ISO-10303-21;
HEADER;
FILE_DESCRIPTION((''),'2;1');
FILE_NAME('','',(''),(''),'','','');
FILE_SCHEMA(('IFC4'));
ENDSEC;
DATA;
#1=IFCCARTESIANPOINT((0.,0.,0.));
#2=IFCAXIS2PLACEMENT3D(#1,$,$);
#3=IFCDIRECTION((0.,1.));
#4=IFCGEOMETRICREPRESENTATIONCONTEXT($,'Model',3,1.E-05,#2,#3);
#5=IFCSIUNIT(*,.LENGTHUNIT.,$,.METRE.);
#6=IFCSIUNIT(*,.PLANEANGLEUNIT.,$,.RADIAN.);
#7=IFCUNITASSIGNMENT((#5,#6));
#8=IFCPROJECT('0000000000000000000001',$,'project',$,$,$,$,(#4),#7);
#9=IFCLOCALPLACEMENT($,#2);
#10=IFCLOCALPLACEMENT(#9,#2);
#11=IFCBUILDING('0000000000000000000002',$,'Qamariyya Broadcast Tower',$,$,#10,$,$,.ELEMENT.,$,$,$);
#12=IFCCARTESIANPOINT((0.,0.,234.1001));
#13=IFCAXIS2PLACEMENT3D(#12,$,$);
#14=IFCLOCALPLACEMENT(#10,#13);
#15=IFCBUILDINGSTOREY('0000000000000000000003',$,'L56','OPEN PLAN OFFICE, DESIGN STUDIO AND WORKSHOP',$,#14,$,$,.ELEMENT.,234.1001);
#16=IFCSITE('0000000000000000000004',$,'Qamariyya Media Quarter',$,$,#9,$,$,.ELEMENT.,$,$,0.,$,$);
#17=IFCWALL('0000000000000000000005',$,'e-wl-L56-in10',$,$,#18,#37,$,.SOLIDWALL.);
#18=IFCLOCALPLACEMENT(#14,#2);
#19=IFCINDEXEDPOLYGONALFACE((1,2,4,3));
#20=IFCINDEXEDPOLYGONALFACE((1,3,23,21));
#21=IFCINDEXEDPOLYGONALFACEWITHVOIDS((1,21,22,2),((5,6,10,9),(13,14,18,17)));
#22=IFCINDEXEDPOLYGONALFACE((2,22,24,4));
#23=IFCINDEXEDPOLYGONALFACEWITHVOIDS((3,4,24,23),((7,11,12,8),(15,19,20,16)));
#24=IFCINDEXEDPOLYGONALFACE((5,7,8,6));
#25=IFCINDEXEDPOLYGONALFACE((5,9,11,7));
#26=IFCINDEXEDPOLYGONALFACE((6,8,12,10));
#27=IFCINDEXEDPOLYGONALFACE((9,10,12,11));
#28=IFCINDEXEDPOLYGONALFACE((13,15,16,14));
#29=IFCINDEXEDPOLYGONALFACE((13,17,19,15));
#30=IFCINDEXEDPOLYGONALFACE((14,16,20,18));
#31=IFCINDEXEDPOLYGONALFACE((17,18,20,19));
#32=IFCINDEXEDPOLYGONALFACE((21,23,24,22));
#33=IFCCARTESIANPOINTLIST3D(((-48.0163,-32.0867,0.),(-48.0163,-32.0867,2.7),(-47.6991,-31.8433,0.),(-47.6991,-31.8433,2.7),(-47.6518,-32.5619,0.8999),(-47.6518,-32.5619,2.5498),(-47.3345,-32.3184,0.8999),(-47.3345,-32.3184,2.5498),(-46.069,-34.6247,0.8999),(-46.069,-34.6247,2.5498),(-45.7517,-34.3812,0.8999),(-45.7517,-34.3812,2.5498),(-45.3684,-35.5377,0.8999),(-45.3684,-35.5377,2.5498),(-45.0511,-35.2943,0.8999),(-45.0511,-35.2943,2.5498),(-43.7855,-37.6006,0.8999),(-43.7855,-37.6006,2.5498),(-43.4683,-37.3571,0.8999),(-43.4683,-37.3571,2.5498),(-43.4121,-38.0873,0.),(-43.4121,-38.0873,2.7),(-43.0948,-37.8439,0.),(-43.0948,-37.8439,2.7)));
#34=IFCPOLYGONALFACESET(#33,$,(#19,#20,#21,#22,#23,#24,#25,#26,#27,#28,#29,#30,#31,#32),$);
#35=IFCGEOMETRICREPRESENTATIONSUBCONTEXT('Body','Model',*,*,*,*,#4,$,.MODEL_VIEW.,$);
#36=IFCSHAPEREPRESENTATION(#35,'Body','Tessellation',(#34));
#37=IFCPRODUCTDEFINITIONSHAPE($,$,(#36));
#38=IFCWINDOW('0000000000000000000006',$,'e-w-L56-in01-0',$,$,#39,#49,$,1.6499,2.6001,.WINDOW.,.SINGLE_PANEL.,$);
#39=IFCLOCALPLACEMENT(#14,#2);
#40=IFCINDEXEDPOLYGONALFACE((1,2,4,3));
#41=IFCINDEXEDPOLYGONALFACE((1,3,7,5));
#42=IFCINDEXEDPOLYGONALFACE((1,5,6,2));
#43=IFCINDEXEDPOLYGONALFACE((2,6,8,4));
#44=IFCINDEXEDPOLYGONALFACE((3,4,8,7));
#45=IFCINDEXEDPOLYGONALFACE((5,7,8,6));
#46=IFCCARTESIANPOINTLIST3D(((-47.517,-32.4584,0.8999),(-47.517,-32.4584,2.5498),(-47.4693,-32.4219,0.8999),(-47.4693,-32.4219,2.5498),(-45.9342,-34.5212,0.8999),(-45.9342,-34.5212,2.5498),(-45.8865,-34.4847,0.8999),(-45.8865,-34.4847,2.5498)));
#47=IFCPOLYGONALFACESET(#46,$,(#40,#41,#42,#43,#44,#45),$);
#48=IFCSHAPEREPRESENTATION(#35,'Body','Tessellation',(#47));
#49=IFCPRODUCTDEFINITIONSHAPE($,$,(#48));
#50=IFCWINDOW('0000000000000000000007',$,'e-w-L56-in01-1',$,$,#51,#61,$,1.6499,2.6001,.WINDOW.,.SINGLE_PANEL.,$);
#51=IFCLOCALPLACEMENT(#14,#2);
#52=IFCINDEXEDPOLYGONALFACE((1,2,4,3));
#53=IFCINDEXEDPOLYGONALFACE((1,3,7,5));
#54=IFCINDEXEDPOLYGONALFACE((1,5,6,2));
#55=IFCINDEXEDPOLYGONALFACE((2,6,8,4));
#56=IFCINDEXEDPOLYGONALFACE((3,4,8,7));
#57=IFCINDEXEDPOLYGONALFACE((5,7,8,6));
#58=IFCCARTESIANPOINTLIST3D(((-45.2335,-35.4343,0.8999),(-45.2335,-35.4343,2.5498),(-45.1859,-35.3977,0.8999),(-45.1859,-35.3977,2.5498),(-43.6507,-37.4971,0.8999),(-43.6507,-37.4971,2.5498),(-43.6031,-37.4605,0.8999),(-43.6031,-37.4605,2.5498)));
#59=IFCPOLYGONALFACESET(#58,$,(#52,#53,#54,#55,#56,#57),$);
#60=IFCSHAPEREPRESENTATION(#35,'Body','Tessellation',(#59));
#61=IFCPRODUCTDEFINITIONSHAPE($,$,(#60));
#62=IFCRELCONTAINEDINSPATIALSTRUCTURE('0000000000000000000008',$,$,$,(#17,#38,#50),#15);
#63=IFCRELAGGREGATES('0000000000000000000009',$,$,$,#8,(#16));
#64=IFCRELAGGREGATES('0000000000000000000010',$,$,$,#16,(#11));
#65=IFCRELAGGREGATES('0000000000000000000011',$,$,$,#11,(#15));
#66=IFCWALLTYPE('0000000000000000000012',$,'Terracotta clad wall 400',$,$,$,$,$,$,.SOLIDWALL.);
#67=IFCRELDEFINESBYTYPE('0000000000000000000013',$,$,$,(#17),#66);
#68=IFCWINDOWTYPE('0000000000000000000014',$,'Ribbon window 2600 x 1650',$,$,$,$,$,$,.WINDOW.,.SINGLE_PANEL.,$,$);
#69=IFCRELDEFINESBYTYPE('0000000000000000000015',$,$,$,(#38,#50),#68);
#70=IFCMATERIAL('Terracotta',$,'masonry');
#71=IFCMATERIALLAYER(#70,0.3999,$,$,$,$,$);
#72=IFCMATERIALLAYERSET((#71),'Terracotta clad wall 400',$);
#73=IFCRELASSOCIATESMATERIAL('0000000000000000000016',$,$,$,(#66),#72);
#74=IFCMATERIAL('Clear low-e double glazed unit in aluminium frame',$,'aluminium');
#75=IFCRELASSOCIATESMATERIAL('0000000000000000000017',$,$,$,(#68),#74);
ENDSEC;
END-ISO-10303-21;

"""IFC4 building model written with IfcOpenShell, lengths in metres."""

from ifc_helpers import new_model, si_unit, direction, frame, frame_2d, origin, place, context, subcontext, project, spatial, rectangle, extrude, material, layer, layer_set, type_object, element, fill, save


model = new_model("IFC4")

# Units and contexts
model_context = context("Model", 3, precision=1e-05, world=origin(), true_north=direction((0.0, 1.0)))
body_context = subcontext(model_context, "Body", "Model", "MODEL_VIEW")
ifc_project = project(units=[si_unit("LENGTHUNIT", "METRE"), si_unit("PLANEANGLEUNIT", "RADIAN")], contexts=[model_context])

# Site, building, storey
site_placement = place(None, origin())
site = spatial("IfcSite", under=ifc_project, at=site_placement, Name="Qamariyya Media Quarter", CompositionType="ELEMENT", RefElevation=0.0)
building_placement = place(site_placement, origin())
building = spatial("IfcBuilding", under=site, at=building_placement, Name="Qamariyya Broadcast Tower", CompositionType="ELEMENT")
storey_placement = place(building_placement, frame((0.0, 0.0, 234.1001)))
storey = spatial("IfcBuildingStorey", under=building, at=storey_placement, Name="L56", Description="OPEN PLAN OFFICE, DESIGN STUDIO AND WORKSHOP", CompositionType="ELEMENT", Elevation=234.1001)

# Shared definitions
ifc_material_1 = material(Name="Terracotta", Category="masonry")
ifc_layer = layer(ifc_material_1, 0.3999)
ifc_layer_set = layer_set([ifc_layer], Name="Terracotta clad wall 400")
wall_type = type_object("IfcWallType", Name="Terracotta clad wall 400", PredefinedType="SOLIDWALL", material=ifc_layer_set)
ifc_material_2 = material(Name="Clear low-e double glazed unit in aluminium frame", Category="aluminium")

# Wall, openings, windows
wall_1_placement = place(storey_placement, frame((-43.2534, -37.9656, 0.0), z_axis=(0.0, 0.0, 1.0), x_axis=(-0.608754, 0.793359, 0.0)))
wall_1 = element("IfcWall", 1, at=wall_1_placement, inside=storey, type_object=wall_type, Name="e-wl-L56-in10", PredefinedType="SOLIDWALL", context=body_context, shape_type="SweptSolid", body=[
    extrude(rectangle(XDim=7.5635, YDim=0.3999, at=frame_2d((3.7817, 0.0))), origin(), (0.0, 0.0, 1.0), 2.7),
])
opening_1_placement = place(wall_1_placement, frame((4.3645, 0.0, 0.8999)))
opening_1 = element("IfcOpeningElement", 2, at=opening_1_placement, cuts=wall_1, PredefinedType="OPENING", context=body_context, shape_type="SweptSolid", body=[
    extrude(rectangle(XDim=2.6001, YDim=1.6499, at=frame_2d((1.3, 0.825))), frame((0.0, 0.21, 0.0), z_axis=(0.0, -1.0, 0.0), x_axis=(1.0, 0.0, 0.0)), (0.0, 0.0, 1.0), 0.4199),
])
opening_2_placement = place(wall_1_placement, frame((0.6135, 0.0, 0.8999)))
opening_2 = element("IfcOpeningElement", 3, at=opening_2_placement, cuts=wall_1, PredefinedType="OPENING", context=body_context, shape_type="SweptSolid", body=[
    extrude(rectangle(XDim=2.6001, YDim=1.6499, at=frame_2d((1.3, 0.825))), frame((0.0, 0.21, 0.0), z_axis=(0.0, -1.0, 0.0), x_axis=(1.0, 0.0, 0.0)), (0.0, 0.0, 1.0), 0.4199),
])
window_type_1 = type_object("IfcWindowType", Name="Ribbon window 2600 x 1650", PartitioningType="SINGLE_PANEL", PredefinedType="WINDOW", material=ifc_material_2)
window_1_placement = place(opening_1_placement, origin())
window_1 = element("IfcWindow", 4, at=window_1_placement, inside=storey, type_object=window_type_1, Name="e-w-L56-in01-0", OverallHeight=1.6499, OverallWidth=2.6001, PartitioningType="SINGLE_PANEL", PredefinedType="WINDOW", context=body_context, shape_type="SweptSolid", body=[
    extrude(rectangle(XDim=2.6001, YDim=1.6499, at=frame_2d((1.3, 0.825))), frame((0.0, 0.03, 0.0), z_axis=(0.0, -1.0, 0.0), x_axis=(1.0, 0.0, 0.0)), (0.0, 0.0, 1.0), 0.0601),
])
fill(opening_1, window_1)
window_2_placement = place(opening_2_placement, origin())
window_2 = element("IfcWindow", 5, at=window_2_placement, inside=storey, type_object=window_type_1, Name="e-w-L56-in01-1", OverallHeight=1.6499, OverallWidth=2.6001, PartitioningType="SINGLE_PANEL", PredefinedType="WINDOW", context=body_context, shape_type="SweptSolid", body=[
    extrude(rectangle(XDim=2.6001, YDim=1.6499, at=frame_2d((1.3, 0.825))), frame((0.0, 0.03, 0.0), z_axis=(0.0, -1.0, 0.0), x_axis=(1.0, 0.0, 0.0)), (0.0, 0.0, 1.0), 0.0601),
])
fill(opening_2, window_2)

save(model, "model.ifc")
